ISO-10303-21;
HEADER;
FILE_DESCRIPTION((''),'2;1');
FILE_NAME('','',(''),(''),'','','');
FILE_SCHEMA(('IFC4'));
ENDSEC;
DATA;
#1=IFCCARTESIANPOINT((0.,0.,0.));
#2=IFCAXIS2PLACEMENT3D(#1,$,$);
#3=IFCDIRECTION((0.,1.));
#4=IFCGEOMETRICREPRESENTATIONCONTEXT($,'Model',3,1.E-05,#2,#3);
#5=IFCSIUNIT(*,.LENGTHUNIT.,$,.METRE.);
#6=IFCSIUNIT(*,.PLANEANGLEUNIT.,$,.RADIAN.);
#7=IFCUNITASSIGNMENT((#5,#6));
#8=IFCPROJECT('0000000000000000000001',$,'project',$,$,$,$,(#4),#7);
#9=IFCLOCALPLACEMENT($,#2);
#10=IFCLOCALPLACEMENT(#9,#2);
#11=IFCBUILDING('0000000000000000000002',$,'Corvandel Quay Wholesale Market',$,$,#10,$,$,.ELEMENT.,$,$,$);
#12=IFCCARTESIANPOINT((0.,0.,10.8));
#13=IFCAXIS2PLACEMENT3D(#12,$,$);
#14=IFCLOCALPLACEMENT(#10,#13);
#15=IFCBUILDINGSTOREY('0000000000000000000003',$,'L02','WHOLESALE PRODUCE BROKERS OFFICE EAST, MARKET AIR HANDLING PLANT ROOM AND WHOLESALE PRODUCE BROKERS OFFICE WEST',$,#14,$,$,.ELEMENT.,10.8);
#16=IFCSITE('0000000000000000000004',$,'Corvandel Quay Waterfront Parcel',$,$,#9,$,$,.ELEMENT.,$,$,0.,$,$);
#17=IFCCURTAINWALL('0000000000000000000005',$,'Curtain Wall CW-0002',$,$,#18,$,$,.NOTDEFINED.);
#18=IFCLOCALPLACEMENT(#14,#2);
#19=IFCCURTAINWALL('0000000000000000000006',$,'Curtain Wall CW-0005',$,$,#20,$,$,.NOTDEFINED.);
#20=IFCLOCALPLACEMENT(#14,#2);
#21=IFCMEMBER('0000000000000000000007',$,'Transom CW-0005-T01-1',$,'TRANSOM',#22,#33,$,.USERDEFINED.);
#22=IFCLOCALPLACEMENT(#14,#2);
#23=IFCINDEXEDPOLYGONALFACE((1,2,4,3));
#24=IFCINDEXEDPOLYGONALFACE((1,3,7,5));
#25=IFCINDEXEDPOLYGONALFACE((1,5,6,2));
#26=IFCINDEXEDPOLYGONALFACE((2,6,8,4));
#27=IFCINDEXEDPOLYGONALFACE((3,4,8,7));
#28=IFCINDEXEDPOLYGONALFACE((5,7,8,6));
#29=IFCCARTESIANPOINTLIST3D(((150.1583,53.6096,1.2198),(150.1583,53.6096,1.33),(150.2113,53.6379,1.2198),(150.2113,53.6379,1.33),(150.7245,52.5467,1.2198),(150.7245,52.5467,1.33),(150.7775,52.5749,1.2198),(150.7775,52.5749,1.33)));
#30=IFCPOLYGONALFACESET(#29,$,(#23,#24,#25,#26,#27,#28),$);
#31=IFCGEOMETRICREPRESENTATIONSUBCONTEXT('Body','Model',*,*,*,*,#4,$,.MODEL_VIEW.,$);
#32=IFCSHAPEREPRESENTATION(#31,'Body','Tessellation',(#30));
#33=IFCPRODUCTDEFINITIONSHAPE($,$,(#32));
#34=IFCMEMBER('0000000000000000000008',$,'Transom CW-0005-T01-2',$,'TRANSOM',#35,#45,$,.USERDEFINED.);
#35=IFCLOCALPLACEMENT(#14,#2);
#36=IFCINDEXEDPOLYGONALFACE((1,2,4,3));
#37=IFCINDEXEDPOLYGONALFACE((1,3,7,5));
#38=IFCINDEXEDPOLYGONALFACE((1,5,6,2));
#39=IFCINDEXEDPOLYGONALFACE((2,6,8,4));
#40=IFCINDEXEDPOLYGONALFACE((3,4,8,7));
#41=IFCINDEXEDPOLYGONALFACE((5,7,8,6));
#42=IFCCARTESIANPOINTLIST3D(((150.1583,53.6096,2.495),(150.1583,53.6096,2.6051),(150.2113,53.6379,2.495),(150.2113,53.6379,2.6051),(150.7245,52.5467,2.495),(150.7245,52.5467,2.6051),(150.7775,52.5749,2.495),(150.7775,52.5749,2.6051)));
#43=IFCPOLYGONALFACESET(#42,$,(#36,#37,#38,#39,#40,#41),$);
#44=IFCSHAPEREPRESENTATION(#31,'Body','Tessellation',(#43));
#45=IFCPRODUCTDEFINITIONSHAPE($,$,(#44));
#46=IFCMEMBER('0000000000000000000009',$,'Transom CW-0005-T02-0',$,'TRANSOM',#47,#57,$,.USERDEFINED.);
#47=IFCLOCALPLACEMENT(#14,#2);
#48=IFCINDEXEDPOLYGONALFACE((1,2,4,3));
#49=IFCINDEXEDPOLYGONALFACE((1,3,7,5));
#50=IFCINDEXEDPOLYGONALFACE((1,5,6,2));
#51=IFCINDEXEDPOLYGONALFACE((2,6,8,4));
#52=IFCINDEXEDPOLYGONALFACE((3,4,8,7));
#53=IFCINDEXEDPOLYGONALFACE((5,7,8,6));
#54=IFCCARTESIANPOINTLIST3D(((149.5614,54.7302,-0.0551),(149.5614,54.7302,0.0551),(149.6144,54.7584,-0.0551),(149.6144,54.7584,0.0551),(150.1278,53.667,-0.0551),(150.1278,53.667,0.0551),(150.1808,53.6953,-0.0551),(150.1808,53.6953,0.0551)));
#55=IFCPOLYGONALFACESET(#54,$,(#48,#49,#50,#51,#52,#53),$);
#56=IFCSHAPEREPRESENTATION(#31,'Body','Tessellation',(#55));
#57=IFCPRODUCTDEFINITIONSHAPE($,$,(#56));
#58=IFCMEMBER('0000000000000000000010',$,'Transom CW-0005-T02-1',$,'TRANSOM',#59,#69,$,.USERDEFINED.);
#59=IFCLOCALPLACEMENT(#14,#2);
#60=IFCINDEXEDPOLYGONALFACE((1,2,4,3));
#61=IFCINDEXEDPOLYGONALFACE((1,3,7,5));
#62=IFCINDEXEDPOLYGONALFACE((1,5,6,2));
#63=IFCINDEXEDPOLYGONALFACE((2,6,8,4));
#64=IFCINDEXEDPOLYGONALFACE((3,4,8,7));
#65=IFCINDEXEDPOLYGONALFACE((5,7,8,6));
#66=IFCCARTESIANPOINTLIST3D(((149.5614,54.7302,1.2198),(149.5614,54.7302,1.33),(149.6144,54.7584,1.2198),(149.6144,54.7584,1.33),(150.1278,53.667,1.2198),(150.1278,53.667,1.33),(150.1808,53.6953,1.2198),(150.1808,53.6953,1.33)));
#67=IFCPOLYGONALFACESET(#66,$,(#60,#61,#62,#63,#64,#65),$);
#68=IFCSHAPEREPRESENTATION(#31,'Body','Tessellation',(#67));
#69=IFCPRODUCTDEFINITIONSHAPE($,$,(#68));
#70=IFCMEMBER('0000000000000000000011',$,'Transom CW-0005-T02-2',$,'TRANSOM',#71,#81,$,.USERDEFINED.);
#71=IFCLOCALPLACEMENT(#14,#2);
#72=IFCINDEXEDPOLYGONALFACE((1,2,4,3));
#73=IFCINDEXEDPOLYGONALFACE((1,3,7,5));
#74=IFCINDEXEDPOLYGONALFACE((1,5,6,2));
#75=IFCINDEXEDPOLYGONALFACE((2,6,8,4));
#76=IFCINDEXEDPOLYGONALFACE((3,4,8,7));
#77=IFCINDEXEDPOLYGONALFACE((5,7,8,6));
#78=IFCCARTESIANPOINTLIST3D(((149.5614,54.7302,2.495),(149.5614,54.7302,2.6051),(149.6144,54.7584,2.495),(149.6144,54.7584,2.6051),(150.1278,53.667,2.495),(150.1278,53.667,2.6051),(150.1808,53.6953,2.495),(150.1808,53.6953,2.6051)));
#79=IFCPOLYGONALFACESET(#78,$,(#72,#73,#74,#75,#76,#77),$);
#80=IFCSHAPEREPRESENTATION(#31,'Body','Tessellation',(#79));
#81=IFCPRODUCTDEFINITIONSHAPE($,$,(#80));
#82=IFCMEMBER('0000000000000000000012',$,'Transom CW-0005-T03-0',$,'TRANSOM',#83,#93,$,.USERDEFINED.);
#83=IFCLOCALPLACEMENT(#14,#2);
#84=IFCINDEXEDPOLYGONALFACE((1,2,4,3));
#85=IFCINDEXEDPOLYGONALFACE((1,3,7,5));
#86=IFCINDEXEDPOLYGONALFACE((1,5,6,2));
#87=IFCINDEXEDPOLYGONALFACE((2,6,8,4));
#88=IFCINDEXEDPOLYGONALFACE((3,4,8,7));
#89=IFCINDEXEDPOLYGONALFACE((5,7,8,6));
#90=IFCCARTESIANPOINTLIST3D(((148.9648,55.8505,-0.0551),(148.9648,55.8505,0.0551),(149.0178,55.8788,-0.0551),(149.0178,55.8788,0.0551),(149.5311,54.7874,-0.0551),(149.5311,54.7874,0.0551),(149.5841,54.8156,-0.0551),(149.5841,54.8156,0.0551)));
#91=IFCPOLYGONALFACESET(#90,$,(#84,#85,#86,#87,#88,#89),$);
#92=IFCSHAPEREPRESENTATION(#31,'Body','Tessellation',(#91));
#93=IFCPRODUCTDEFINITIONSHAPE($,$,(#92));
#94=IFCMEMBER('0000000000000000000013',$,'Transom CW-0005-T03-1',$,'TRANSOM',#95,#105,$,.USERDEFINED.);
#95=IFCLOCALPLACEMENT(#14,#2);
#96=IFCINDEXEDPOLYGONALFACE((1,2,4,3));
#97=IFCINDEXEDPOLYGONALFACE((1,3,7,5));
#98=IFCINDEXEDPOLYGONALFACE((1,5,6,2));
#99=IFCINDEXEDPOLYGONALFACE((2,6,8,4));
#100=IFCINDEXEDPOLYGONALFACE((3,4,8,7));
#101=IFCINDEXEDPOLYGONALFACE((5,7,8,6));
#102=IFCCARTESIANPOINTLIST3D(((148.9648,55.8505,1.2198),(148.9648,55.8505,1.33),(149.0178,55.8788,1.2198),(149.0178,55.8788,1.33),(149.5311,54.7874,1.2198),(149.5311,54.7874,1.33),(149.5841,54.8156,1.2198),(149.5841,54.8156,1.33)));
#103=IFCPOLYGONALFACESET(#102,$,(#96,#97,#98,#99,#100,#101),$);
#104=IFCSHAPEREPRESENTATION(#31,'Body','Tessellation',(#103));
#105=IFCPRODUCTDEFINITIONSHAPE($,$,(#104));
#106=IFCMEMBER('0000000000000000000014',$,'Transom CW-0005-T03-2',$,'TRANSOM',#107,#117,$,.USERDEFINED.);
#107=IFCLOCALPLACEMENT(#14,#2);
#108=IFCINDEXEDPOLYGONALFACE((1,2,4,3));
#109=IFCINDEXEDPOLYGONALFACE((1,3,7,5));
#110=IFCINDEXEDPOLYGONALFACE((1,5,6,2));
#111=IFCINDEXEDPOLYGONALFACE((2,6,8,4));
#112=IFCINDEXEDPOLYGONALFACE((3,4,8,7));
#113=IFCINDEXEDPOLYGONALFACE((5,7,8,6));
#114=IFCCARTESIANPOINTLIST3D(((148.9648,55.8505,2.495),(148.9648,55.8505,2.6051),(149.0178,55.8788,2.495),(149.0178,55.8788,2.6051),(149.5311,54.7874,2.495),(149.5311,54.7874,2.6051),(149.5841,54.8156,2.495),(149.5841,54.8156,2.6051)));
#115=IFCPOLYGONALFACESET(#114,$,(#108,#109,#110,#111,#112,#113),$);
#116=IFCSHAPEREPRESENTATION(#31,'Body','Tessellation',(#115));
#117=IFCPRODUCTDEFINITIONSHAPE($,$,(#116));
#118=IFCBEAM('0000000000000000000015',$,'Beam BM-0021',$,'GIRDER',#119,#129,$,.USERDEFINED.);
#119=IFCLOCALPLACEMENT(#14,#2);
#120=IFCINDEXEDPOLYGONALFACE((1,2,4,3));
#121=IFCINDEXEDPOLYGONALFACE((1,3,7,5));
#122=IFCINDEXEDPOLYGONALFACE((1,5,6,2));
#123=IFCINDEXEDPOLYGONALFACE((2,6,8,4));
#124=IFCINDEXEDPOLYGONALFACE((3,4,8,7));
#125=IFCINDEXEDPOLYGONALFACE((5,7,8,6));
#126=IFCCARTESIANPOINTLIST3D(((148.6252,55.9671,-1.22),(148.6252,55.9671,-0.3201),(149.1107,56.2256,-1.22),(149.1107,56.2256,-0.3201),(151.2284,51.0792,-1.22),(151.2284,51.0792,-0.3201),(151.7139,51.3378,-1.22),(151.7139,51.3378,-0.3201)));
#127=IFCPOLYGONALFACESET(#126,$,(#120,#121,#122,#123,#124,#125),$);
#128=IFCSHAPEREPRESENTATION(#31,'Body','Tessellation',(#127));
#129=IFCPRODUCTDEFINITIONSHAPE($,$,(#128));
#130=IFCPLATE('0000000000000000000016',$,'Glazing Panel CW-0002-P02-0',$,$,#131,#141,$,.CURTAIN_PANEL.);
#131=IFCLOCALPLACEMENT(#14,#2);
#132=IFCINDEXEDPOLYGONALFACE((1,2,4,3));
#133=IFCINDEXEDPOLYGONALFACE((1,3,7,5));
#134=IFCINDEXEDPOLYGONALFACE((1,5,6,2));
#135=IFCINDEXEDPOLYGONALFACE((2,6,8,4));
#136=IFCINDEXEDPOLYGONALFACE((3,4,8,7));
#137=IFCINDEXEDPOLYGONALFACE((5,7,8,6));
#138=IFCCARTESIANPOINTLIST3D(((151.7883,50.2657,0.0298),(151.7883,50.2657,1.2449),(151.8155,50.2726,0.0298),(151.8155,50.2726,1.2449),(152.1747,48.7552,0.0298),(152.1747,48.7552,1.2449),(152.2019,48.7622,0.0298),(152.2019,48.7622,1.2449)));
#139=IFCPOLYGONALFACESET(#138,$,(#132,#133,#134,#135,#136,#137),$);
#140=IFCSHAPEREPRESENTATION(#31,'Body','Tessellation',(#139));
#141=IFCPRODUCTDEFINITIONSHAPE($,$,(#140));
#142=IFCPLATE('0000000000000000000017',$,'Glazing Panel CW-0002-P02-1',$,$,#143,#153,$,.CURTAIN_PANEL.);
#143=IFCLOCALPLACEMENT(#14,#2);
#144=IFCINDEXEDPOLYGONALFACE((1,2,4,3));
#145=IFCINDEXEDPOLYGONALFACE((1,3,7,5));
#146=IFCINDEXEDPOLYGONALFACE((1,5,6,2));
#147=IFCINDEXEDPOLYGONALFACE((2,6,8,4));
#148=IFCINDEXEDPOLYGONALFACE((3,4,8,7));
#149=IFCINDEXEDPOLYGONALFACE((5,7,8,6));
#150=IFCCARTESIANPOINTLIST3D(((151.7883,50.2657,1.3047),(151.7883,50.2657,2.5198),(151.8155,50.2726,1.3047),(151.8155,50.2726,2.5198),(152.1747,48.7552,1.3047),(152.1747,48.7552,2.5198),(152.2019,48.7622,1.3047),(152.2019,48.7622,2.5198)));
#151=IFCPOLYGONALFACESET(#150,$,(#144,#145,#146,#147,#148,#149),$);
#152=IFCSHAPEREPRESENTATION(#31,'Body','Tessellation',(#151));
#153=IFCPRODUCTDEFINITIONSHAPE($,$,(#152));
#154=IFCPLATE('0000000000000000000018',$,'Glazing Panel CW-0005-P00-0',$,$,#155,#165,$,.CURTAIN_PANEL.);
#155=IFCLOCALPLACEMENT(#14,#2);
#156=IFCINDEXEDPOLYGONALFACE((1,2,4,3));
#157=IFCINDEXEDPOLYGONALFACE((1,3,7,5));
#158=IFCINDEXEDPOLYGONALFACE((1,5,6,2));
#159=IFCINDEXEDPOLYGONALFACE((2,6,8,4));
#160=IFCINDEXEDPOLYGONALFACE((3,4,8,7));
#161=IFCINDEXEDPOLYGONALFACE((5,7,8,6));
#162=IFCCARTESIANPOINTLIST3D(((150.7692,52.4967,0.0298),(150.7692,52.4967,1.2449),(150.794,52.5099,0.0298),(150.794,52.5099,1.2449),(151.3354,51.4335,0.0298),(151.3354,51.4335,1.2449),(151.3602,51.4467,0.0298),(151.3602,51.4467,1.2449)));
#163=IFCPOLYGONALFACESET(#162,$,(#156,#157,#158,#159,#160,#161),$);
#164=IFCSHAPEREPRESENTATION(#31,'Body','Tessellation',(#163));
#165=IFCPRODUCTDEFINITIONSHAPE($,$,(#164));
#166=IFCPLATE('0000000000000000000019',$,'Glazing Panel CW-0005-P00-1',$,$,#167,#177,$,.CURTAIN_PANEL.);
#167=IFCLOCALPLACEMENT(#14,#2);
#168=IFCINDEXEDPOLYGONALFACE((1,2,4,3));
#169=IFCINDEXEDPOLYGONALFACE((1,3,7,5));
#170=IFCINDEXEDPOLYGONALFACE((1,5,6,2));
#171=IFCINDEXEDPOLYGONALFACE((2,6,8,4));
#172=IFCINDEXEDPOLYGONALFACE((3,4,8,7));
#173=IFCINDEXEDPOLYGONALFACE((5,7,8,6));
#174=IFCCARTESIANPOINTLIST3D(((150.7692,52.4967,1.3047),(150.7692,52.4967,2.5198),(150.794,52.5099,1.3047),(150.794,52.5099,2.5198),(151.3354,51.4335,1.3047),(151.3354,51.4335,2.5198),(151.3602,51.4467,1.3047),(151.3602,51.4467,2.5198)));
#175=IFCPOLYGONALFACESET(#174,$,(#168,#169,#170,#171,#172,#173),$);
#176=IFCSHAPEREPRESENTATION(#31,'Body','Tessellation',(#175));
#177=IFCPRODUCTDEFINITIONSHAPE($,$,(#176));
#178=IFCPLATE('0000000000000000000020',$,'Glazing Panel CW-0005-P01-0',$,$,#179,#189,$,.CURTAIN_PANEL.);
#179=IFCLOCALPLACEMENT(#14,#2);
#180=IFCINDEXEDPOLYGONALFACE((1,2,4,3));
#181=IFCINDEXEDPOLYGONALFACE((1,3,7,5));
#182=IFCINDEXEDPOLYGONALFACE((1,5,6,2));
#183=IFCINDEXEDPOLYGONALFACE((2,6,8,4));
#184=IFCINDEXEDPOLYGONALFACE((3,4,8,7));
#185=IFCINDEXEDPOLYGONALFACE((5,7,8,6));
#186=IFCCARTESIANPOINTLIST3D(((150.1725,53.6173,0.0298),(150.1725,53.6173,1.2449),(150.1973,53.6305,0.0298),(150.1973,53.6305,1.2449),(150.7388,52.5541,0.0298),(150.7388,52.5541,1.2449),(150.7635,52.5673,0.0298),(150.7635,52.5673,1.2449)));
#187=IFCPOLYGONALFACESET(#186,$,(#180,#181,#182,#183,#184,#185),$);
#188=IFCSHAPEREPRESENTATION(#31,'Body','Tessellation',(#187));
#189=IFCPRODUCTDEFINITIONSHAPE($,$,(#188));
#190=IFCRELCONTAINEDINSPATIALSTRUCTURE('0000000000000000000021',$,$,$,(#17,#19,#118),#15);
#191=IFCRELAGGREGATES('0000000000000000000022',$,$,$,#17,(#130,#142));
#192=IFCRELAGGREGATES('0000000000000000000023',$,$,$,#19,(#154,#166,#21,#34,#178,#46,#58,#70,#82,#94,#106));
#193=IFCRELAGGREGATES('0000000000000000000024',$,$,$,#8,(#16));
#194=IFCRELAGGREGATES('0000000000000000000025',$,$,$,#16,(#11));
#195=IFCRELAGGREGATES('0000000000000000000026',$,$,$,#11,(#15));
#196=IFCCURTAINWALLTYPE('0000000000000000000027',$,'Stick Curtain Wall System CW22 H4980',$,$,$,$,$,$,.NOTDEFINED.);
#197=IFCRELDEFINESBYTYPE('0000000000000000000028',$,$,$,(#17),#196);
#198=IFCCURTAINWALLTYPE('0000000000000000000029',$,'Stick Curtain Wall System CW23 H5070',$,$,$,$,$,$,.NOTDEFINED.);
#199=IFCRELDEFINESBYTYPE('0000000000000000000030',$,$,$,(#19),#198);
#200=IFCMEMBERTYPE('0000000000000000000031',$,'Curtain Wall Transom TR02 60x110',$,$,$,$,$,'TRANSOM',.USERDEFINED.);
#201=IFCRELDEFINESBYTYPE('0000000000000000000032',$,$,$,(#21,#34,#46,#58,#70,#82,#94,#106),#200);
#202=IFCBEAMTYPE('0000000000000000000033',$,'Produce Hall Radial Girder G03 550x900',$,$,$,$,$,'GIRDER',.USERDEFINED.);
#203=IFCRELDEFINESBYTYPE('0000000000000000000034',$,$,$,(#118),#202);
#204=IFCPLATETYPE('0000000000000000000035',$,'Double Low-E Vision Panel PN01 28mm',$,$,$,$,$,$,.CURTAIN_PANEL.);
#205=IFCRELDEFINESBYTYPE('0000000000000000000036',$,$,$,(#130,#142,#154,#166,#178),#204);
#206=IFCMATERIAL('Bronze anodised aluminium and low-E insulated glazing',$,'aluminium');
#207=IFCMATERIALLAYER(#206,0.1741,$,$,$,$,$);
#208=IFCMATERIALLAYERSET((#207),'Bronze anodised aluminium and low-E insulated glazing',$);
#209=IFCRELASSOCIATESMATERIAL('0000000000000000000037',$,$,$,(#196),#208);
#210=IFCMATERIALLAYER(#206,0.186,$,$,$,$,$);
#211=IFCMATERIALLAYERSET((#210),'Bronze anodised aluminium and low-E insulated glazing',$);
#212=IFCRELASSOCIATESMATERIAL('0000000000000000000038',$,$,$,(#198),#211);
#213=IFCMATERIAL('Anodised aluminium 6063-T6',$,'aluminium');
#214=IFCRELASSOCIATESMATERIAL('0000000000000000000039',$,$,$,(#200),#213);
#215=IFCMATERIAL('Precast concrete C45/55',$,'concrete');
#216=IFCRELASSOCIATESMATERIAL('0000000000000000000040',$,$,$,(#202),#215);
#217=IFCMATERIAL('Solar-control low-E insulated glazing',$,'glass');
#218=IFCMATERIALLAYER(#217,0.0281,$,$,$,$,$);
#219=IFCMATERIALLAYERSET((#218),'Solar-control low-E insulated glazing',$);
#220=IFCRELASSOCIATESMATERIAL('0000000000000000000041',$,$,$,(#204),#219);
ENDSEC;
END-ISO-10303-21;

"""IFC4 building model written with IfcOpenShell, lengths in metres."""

from ifc_helpers import new_model, si_unit, direction, frame, origin, origin_2d, place, context, subcontext, project, spatial, rectangle, extrude, material, layer, layer_set, material_profile, profile_set, type_object, element, aggregate, save


model = new_model("IFC4")

# Units and contexts
model_context = context("Model", 3, precision=1e-05, world=origin(), true_north=direction((0.0, 1.0)))
body_context = subcontext(model_context, "Body", "Model", "MODEL_VIEW")
ifc_project = project(units=[si_unit("LENGTHUNIT", "METRE"), si_unit("PLANEANGLEUNIT", "RADIAN")], contexts=[model_context])

# Site, building, storey
site_placement = place(None, origin())
site = spatial("IfcSite", under=ifc_project, at=site_placement, Name="Corvandel Quay Waterfront Parcel", CompositionType="ELEMENT", RefElevation=0.0)
building_placement = place(site_placement, origin())
building = spatial("IfcBuilding", under=site, at=building_placement, Name="Corvandel Quay Wholesale Market", CompositionType="ELEMENT")
storey_placement = place(building_placement, frame((0.0, 0.0, 10.8)))
storey = spatial("IfcBuildingStorey", under=building, at=storey_placement, Name="L02", Description="WHOLESALE PRODUCE BROKERS OFFICE EAST, MARKET AIR HANDLING PLANT ROOM AND WHOLESALE PRODUCE BROKERS OFFICE WEST", CompositionType="ELEMENT", Elevation=10.8)

# Shared definitions
ifc_material_1 = material(Name="Precast concrete C45/55", Category="concrete")

# Curtain wall
ifc_material_2 = material(Name="Bronze anodised aluminium and low-E insulated glazing", Category="aluminium")
ifc_layer_1 = layer(ifc_material_2, 0.1741)
ifc_layer_set_1 = layer_set([ifc_layer_1], Name="Bronze anodised aluminium and low-E insulated glazing")
curtain_wall_type_1 = type_object("IfcCurtainWallType", Name="Stick Curtain Wall System CW22 H4980", PredefinedType="NOTDEFINED", material=ifc_layer_set_1)
curtain_wall_1_placement = place(storey_placement, origin())
curtain_wall_1 = element("IfcCurtainWall", 1, at=curtain_wall_1_placement, inside=storey, type_object=curtain_wall_type_1, Name="Curtain Wall CW-0002", PredefinedType="NOTDEFINED")
ifc_material_3 = material(Name="Anodised aluminium 6063-T6", Category="aluminium")

# Curtain wall
ifc_layer_2 = layer(ifc_material_2, 0.186)
ifc_layer_set_2 = layer_set([ifc_layer_2], Name="Bronze anodised aluminium and low-E insulated glazing")
curtain_wall_type_2 = type_object("IfcCurtainWallType", Name="Stick Curtain Wall System CW23 H5070", PredefinedType="NOTDEFINED", material=ifc_layer_set_2)
curtain_wall_2_placement = place(storey_placement, origin())
curtain_wall_2 = element("IfcCurtainWall", 2, at=curtain_wall_2_placement, inside=storey, type_object=curtain_wall_type_2, Name="Curtain Wall CW-0005", PredefinedType="NOTDEFINED")

# Members
ifc_material_profile_1 = material_profile(ifc_material_3, rectangle(XDim=0.0601, YDim=0.1101, at=origin_2d()), Name="ALU-TRN-60x110")
ifc_profile_set_1 = profile_set([ifc_material_profile_1], Name="Anodised aluminium 6063-T6")
member_type_1 = type_object("IfcMemberType", Name="Curtain Wall Transom TR02 60x110", ElementType="TRANSOM", PredefinedType="USERDEFINED", material=ifc_profile_set_1)
member_1_placement = place(storey_placement, frame((150.751, 52.5608, 1.2749), z_axis=(-0.470094, 0.882617, 0.0), x_axis=(-0.882617, -0.470094, 0.0)))
member_1 = element("IfcMember", 3, at=member_1_placement, type_object=member_type_1, Name="Transom CW-0005-T01-1", ObjectType="TRANSOM", PredefinedType="USERDEFINED", context=body_context, shape_type="SweptSolid", body=[
    extrude(rectangle(XDim=0.0601, YDim=0.1101, at=origin_2d()), origin(), (0.0, 0.0, 1.0), 1.2043),
])
member_2_placement = place(storey_placement, frame((150.751, 52.5608, 2.55), z_axis=(-0.470094, 0.882617, 0.0), x_axis=(-0.882617, -0.470094, 0.0)))
member_2 = element("IfcMember", 4, at=member_2_placement, type_object=member_type_1, Name="Transom CW-0005-T01-2", ObjectType="TRANSOM", PredefinedType="USERDEFINED", context=body_context, shape_type="SweptSolid", body=[
    extrude(rectangle(XDim=0.0601, YDim=0.1101, at=origin_2d()), origin(), (0.0, 0.0, 1.0), 1.2043),
])
member_3_placement = place(storey_placement, frame((150.1543, 53.6812, 0.0), z_axis=(-0.470167, 0.882577, 0.0), x_axis=(-0.882577, -0.470167, 0.0)))
member_3 = element("IfcMember", 5, at=member_3_placement, type_object=member_type_1, Name="Transom CW-0005-T02-0", ObjectType="TRANSOM", PredefinedType="USERDEFINED", context=body_context, shape_type="SweptSolid", body=[
    extrude(rectangle(XDim=0.0601, YDim=0.1101, at=origin_2d()), origin(), (0.0, 0.0, 1.0), 1.2046),
])
member_4_placement = place(storey_placement, frame((150.1543, 53.6812, 1.2749), z_axis=(-0.470167, 0.882577, 0.0), x_axis=(-0.882577, -0.470167, 0.0)))
member_4 = element("IfcMember", 6, at=member_4_placement, type_object=member_type_1, Name="Transom CW-0005-T02-1", ObjectType="TRANSOM", PredefinedType="USERDEFINED", context=body_context, shape_type="SweptSolid", body=[
    extrude(rectangle(XDim=0.0601, YDim=0.1101, at=origin_2d()), origin(), (0.0, 0.0, 1.0), 1.2046),
])
member_5_placement = place(storey_placement, frame((150.1543, 53.6812, 2.55), z_axis=(-0.470167, 0.882577, 0.0), x_axis=(-0.882577, -0.470167, 0.0)))
member_5 = element("IfcMember", 7, at=member_5_placement, type_object=member_type_1, Name="Transom CW-0005-T02-2", ObjectType="TRANSOM", PredefinedType="USERDEFINED", context=body_context, shape_type="SweptSolid", body=[
    extrude(rectangle(XDim=0.0601, YDim=0.1101, at=origin_2d()), origin(), (0.0, 0.0, 1.0), 1.2046),
])
member_6_placement = place(storey_placement, frame((149.5576, 54.8015, 0.0), z_axis=(-0.470167, 0.882577, 0.0), x_axis=(-0.882577, -0.470167, 0.0)))
member_6 = element("IfcMember", 8, at=member_6_placement, type_object=member_type_1, Name="Transom CW-0005-T03-0", ObjectType="TRANSOM", PredefinedType="USERDEFINED", context=body_context, shape_type="SweptSolid", body=[
    extrude(rectangle(XDim=0.0601, YDim=0.1101, at=origin_2d()), origin(), (0.0, 0.0, 1.0), 1.2046),
])
member_7_placement = place(storey_placement, frame((149.5576, 54.8015, 1.2749), z_axis=(-0.470167, 0.882577, 0.0), x_axis=(-0.882577, -0.470167, 0.0)))
member_7 = element("IfcMember", 9, at=member_7_placement, type_object=member_type_1, Name="Transom CW-0005-T03-1", ObjectType="TRANSOM", PredefinedType="USERDEFINED", context=body_context, shape_type="SweptSolid", body=[
    extrude(rectangle(XDim=0.0601, YDim=0.1101, at=origin_2d()), origin(), (0.0, 0.0, 1.0), 1.2046),
])
member_8_placement = place(storey_placement, frame((149.5576, 54.8015, 2.55), z_axis=(-0.470167, 0.882577, 0.0), x_axis=(-0.882577, -0.470167, 0.0)))
member_8 = element("IfcMember", 10, at=member_8_placement, type_object=member_type_1, Name="Transom CW-0005-T03-2", ObjectType="TRANSOM", PredefinedType="USERDEFINED", context=body_context, shape_type="SweptSolid", body=[
    extrude(rectangle(XDim=0.0601, YDim=0.1101, at=origin_2d()), origin(), (0.0, 0.0, 1.0), 1.2046),
])

# Beam
ifc_material_profile_2 = material_profile(ifc_material_1, rectangle(XDim=0.55, YDim=0.8999, at=origin_2d()), Name="PC-GIR-550x900")
ifc_profile_set_2 = profile_set([ifc_material_profile_2], Name="Precast concrete C45/55")
beam_type = type_object("IfcBeamType", Name="Produce Hall Radial Girder G03 550x900", ElementType="GIRDER", PredefinedType="USERDEFINED", material=ifc_profile_set_2)
beam_placement = place(storey_placement, frame((151.4712, 51.2085, -0.77), z_axis=(-0.470078, 0.882625, 0.0), x_axis=(-0.882625, -0.470078, 0.0)))
element("IfcBeam", 11, at=beam_placement, inside=storey, type_object=beam_type, Name="Beam BM-0021", ObjectType="GIRDER", PredefinedType="USERDEFINED", context=body_context, shape_type="SweptSolid", body=[
    extrude(rectangle(XDim=0.55, YDim=0.8999, at=origin_2d()), origin(), (0.0, 0.0, 1.0), 5.5378),
])

# Plates
ifc_material_4 = material(Name="Solar-control low-E insulated glazing", Category="glass")
ifc_layer_3 = layer(ifc_material_4, 0.0281)
ifc_layer_set_3 = layer_set([ifc_layer_3], Name="Solar-control low-E insulated glazing")
plate_type = type_object("IfcPlateType", Name="Double Low-E Vision Panel PN01 28mm", PredefinedType="CURTAIN_PANEL", material=ifc_layer_set_3)
plate_1_placement = place(storey_placement, frame((151.9951, 49.5139, 0.0298), z_axis=(0.0, 0.0, 1.0), x_axis=(-0.247845, 0.9688, 0.0)))
plate_1 = element("IfcPlate", 12, at=plate_1_placement, type_object=plate_type, Name="Glazing Panel CW-0002-P02-0", PredefinedType="CURTAIN_PANEL", context=body_context, shape_type="SweptSolid", body=[
    extrude(rectangle(XDim=1.5591, YDim=0.0281, at=origin_2d()), origin(), (0.0, 0.0, 1.0), 1.2151),
])
plate_2_placement = place(storey_placement, frame((151.9951, 49.5139, 1.3047), z_axis=(0.0, 0.0, 1.0), x_axis=(-0.247845, 0.9688, 0.0)))
plate_2 = element("IfcPlate", 13, at=plate_2_placement, type_object=plate_type, Name="Glazing Panel CW-0002-P02-1", PredefinedType="CURTAIN_PANEL", context=body_context, shape_type="SweptSolid", body=[
    extrude(rectangle(XDim=1.5591, YDim=0.0281, at=origin_2d()), origin(), (0.0, 0.0, 1.0), 1.2151),
])
aggregate(curtain_wall_1, [plate_1, plate_2])
plate_3_placement = place(storey_placement, frame((151.0647, 51.9717, 0.0298), z_axis=(0.0, 0.0, 1.0), x_axis=(-0.470088, 0.88262, 0.0)))
plate_3 = element("IfcPlate", 14, at=plate_3_placement, type_object=plate_type, Name="Glazing Panel CW-0005-P00-0", PredefinedType="CURTAIN_PANEL", context=body_context, shape_type="SweptSolid", body=[
    extrude(rectangle(XDim=1.2046, YDim=0.0281, at=origin_2d()), origin(), (0.0, 0.0, 1.0), 1.2151),
])
plate_4_placement = place(storey_placement, frame((151.0647, 51.9717, 1.3047), z_axis=(0.0, 0.0, 1.0), x_axis=(-0.470088, 0.88262, 0.0)))
plate_4 = element("IfcPlate", 15, at=plate_4_placement, type_object=plate_type, Name="Glazing Panel CW-0005-P00-1", PredefinedType="CURTAIN_PANEL", context=body_context, shape_type="SweptSolid", body=[
    extrude(rectangle(XDim=1.2046, YDim=0.0281, at=origin_2d()), origin(), (0.0, 0.0, 1.0), 1.2151),
])
plate_5_placement = place(storey_placement, frame((150.468, 53.0923, 0.0298), z_axis=(0.0, 0.0, 1.0), x_axis=(-0.470088, 0.88262, 0.0)))
plate_5 = element("IfcPlate", 16, at=plate_5_placement, type_object=plate_type, Name="Glazing Panel CW-0005-P01-0", PredefinedType="CURTAIN_PANEL", context=body_context, shape_type="SweptSolid", body=[
    extrude(rectangle(XDim=1.2046, YDim=0.0281, at=origin_2d()), origin(), (0.0, 0.0, 1.0), 1.2151),
])
aggregate(curtain_wall_2, [plate_3, plate_4, member_1, member_2, plate_5, member_3, member_4, member_5, member_6, member_7, member_8])

save(model, "model.ifc")
